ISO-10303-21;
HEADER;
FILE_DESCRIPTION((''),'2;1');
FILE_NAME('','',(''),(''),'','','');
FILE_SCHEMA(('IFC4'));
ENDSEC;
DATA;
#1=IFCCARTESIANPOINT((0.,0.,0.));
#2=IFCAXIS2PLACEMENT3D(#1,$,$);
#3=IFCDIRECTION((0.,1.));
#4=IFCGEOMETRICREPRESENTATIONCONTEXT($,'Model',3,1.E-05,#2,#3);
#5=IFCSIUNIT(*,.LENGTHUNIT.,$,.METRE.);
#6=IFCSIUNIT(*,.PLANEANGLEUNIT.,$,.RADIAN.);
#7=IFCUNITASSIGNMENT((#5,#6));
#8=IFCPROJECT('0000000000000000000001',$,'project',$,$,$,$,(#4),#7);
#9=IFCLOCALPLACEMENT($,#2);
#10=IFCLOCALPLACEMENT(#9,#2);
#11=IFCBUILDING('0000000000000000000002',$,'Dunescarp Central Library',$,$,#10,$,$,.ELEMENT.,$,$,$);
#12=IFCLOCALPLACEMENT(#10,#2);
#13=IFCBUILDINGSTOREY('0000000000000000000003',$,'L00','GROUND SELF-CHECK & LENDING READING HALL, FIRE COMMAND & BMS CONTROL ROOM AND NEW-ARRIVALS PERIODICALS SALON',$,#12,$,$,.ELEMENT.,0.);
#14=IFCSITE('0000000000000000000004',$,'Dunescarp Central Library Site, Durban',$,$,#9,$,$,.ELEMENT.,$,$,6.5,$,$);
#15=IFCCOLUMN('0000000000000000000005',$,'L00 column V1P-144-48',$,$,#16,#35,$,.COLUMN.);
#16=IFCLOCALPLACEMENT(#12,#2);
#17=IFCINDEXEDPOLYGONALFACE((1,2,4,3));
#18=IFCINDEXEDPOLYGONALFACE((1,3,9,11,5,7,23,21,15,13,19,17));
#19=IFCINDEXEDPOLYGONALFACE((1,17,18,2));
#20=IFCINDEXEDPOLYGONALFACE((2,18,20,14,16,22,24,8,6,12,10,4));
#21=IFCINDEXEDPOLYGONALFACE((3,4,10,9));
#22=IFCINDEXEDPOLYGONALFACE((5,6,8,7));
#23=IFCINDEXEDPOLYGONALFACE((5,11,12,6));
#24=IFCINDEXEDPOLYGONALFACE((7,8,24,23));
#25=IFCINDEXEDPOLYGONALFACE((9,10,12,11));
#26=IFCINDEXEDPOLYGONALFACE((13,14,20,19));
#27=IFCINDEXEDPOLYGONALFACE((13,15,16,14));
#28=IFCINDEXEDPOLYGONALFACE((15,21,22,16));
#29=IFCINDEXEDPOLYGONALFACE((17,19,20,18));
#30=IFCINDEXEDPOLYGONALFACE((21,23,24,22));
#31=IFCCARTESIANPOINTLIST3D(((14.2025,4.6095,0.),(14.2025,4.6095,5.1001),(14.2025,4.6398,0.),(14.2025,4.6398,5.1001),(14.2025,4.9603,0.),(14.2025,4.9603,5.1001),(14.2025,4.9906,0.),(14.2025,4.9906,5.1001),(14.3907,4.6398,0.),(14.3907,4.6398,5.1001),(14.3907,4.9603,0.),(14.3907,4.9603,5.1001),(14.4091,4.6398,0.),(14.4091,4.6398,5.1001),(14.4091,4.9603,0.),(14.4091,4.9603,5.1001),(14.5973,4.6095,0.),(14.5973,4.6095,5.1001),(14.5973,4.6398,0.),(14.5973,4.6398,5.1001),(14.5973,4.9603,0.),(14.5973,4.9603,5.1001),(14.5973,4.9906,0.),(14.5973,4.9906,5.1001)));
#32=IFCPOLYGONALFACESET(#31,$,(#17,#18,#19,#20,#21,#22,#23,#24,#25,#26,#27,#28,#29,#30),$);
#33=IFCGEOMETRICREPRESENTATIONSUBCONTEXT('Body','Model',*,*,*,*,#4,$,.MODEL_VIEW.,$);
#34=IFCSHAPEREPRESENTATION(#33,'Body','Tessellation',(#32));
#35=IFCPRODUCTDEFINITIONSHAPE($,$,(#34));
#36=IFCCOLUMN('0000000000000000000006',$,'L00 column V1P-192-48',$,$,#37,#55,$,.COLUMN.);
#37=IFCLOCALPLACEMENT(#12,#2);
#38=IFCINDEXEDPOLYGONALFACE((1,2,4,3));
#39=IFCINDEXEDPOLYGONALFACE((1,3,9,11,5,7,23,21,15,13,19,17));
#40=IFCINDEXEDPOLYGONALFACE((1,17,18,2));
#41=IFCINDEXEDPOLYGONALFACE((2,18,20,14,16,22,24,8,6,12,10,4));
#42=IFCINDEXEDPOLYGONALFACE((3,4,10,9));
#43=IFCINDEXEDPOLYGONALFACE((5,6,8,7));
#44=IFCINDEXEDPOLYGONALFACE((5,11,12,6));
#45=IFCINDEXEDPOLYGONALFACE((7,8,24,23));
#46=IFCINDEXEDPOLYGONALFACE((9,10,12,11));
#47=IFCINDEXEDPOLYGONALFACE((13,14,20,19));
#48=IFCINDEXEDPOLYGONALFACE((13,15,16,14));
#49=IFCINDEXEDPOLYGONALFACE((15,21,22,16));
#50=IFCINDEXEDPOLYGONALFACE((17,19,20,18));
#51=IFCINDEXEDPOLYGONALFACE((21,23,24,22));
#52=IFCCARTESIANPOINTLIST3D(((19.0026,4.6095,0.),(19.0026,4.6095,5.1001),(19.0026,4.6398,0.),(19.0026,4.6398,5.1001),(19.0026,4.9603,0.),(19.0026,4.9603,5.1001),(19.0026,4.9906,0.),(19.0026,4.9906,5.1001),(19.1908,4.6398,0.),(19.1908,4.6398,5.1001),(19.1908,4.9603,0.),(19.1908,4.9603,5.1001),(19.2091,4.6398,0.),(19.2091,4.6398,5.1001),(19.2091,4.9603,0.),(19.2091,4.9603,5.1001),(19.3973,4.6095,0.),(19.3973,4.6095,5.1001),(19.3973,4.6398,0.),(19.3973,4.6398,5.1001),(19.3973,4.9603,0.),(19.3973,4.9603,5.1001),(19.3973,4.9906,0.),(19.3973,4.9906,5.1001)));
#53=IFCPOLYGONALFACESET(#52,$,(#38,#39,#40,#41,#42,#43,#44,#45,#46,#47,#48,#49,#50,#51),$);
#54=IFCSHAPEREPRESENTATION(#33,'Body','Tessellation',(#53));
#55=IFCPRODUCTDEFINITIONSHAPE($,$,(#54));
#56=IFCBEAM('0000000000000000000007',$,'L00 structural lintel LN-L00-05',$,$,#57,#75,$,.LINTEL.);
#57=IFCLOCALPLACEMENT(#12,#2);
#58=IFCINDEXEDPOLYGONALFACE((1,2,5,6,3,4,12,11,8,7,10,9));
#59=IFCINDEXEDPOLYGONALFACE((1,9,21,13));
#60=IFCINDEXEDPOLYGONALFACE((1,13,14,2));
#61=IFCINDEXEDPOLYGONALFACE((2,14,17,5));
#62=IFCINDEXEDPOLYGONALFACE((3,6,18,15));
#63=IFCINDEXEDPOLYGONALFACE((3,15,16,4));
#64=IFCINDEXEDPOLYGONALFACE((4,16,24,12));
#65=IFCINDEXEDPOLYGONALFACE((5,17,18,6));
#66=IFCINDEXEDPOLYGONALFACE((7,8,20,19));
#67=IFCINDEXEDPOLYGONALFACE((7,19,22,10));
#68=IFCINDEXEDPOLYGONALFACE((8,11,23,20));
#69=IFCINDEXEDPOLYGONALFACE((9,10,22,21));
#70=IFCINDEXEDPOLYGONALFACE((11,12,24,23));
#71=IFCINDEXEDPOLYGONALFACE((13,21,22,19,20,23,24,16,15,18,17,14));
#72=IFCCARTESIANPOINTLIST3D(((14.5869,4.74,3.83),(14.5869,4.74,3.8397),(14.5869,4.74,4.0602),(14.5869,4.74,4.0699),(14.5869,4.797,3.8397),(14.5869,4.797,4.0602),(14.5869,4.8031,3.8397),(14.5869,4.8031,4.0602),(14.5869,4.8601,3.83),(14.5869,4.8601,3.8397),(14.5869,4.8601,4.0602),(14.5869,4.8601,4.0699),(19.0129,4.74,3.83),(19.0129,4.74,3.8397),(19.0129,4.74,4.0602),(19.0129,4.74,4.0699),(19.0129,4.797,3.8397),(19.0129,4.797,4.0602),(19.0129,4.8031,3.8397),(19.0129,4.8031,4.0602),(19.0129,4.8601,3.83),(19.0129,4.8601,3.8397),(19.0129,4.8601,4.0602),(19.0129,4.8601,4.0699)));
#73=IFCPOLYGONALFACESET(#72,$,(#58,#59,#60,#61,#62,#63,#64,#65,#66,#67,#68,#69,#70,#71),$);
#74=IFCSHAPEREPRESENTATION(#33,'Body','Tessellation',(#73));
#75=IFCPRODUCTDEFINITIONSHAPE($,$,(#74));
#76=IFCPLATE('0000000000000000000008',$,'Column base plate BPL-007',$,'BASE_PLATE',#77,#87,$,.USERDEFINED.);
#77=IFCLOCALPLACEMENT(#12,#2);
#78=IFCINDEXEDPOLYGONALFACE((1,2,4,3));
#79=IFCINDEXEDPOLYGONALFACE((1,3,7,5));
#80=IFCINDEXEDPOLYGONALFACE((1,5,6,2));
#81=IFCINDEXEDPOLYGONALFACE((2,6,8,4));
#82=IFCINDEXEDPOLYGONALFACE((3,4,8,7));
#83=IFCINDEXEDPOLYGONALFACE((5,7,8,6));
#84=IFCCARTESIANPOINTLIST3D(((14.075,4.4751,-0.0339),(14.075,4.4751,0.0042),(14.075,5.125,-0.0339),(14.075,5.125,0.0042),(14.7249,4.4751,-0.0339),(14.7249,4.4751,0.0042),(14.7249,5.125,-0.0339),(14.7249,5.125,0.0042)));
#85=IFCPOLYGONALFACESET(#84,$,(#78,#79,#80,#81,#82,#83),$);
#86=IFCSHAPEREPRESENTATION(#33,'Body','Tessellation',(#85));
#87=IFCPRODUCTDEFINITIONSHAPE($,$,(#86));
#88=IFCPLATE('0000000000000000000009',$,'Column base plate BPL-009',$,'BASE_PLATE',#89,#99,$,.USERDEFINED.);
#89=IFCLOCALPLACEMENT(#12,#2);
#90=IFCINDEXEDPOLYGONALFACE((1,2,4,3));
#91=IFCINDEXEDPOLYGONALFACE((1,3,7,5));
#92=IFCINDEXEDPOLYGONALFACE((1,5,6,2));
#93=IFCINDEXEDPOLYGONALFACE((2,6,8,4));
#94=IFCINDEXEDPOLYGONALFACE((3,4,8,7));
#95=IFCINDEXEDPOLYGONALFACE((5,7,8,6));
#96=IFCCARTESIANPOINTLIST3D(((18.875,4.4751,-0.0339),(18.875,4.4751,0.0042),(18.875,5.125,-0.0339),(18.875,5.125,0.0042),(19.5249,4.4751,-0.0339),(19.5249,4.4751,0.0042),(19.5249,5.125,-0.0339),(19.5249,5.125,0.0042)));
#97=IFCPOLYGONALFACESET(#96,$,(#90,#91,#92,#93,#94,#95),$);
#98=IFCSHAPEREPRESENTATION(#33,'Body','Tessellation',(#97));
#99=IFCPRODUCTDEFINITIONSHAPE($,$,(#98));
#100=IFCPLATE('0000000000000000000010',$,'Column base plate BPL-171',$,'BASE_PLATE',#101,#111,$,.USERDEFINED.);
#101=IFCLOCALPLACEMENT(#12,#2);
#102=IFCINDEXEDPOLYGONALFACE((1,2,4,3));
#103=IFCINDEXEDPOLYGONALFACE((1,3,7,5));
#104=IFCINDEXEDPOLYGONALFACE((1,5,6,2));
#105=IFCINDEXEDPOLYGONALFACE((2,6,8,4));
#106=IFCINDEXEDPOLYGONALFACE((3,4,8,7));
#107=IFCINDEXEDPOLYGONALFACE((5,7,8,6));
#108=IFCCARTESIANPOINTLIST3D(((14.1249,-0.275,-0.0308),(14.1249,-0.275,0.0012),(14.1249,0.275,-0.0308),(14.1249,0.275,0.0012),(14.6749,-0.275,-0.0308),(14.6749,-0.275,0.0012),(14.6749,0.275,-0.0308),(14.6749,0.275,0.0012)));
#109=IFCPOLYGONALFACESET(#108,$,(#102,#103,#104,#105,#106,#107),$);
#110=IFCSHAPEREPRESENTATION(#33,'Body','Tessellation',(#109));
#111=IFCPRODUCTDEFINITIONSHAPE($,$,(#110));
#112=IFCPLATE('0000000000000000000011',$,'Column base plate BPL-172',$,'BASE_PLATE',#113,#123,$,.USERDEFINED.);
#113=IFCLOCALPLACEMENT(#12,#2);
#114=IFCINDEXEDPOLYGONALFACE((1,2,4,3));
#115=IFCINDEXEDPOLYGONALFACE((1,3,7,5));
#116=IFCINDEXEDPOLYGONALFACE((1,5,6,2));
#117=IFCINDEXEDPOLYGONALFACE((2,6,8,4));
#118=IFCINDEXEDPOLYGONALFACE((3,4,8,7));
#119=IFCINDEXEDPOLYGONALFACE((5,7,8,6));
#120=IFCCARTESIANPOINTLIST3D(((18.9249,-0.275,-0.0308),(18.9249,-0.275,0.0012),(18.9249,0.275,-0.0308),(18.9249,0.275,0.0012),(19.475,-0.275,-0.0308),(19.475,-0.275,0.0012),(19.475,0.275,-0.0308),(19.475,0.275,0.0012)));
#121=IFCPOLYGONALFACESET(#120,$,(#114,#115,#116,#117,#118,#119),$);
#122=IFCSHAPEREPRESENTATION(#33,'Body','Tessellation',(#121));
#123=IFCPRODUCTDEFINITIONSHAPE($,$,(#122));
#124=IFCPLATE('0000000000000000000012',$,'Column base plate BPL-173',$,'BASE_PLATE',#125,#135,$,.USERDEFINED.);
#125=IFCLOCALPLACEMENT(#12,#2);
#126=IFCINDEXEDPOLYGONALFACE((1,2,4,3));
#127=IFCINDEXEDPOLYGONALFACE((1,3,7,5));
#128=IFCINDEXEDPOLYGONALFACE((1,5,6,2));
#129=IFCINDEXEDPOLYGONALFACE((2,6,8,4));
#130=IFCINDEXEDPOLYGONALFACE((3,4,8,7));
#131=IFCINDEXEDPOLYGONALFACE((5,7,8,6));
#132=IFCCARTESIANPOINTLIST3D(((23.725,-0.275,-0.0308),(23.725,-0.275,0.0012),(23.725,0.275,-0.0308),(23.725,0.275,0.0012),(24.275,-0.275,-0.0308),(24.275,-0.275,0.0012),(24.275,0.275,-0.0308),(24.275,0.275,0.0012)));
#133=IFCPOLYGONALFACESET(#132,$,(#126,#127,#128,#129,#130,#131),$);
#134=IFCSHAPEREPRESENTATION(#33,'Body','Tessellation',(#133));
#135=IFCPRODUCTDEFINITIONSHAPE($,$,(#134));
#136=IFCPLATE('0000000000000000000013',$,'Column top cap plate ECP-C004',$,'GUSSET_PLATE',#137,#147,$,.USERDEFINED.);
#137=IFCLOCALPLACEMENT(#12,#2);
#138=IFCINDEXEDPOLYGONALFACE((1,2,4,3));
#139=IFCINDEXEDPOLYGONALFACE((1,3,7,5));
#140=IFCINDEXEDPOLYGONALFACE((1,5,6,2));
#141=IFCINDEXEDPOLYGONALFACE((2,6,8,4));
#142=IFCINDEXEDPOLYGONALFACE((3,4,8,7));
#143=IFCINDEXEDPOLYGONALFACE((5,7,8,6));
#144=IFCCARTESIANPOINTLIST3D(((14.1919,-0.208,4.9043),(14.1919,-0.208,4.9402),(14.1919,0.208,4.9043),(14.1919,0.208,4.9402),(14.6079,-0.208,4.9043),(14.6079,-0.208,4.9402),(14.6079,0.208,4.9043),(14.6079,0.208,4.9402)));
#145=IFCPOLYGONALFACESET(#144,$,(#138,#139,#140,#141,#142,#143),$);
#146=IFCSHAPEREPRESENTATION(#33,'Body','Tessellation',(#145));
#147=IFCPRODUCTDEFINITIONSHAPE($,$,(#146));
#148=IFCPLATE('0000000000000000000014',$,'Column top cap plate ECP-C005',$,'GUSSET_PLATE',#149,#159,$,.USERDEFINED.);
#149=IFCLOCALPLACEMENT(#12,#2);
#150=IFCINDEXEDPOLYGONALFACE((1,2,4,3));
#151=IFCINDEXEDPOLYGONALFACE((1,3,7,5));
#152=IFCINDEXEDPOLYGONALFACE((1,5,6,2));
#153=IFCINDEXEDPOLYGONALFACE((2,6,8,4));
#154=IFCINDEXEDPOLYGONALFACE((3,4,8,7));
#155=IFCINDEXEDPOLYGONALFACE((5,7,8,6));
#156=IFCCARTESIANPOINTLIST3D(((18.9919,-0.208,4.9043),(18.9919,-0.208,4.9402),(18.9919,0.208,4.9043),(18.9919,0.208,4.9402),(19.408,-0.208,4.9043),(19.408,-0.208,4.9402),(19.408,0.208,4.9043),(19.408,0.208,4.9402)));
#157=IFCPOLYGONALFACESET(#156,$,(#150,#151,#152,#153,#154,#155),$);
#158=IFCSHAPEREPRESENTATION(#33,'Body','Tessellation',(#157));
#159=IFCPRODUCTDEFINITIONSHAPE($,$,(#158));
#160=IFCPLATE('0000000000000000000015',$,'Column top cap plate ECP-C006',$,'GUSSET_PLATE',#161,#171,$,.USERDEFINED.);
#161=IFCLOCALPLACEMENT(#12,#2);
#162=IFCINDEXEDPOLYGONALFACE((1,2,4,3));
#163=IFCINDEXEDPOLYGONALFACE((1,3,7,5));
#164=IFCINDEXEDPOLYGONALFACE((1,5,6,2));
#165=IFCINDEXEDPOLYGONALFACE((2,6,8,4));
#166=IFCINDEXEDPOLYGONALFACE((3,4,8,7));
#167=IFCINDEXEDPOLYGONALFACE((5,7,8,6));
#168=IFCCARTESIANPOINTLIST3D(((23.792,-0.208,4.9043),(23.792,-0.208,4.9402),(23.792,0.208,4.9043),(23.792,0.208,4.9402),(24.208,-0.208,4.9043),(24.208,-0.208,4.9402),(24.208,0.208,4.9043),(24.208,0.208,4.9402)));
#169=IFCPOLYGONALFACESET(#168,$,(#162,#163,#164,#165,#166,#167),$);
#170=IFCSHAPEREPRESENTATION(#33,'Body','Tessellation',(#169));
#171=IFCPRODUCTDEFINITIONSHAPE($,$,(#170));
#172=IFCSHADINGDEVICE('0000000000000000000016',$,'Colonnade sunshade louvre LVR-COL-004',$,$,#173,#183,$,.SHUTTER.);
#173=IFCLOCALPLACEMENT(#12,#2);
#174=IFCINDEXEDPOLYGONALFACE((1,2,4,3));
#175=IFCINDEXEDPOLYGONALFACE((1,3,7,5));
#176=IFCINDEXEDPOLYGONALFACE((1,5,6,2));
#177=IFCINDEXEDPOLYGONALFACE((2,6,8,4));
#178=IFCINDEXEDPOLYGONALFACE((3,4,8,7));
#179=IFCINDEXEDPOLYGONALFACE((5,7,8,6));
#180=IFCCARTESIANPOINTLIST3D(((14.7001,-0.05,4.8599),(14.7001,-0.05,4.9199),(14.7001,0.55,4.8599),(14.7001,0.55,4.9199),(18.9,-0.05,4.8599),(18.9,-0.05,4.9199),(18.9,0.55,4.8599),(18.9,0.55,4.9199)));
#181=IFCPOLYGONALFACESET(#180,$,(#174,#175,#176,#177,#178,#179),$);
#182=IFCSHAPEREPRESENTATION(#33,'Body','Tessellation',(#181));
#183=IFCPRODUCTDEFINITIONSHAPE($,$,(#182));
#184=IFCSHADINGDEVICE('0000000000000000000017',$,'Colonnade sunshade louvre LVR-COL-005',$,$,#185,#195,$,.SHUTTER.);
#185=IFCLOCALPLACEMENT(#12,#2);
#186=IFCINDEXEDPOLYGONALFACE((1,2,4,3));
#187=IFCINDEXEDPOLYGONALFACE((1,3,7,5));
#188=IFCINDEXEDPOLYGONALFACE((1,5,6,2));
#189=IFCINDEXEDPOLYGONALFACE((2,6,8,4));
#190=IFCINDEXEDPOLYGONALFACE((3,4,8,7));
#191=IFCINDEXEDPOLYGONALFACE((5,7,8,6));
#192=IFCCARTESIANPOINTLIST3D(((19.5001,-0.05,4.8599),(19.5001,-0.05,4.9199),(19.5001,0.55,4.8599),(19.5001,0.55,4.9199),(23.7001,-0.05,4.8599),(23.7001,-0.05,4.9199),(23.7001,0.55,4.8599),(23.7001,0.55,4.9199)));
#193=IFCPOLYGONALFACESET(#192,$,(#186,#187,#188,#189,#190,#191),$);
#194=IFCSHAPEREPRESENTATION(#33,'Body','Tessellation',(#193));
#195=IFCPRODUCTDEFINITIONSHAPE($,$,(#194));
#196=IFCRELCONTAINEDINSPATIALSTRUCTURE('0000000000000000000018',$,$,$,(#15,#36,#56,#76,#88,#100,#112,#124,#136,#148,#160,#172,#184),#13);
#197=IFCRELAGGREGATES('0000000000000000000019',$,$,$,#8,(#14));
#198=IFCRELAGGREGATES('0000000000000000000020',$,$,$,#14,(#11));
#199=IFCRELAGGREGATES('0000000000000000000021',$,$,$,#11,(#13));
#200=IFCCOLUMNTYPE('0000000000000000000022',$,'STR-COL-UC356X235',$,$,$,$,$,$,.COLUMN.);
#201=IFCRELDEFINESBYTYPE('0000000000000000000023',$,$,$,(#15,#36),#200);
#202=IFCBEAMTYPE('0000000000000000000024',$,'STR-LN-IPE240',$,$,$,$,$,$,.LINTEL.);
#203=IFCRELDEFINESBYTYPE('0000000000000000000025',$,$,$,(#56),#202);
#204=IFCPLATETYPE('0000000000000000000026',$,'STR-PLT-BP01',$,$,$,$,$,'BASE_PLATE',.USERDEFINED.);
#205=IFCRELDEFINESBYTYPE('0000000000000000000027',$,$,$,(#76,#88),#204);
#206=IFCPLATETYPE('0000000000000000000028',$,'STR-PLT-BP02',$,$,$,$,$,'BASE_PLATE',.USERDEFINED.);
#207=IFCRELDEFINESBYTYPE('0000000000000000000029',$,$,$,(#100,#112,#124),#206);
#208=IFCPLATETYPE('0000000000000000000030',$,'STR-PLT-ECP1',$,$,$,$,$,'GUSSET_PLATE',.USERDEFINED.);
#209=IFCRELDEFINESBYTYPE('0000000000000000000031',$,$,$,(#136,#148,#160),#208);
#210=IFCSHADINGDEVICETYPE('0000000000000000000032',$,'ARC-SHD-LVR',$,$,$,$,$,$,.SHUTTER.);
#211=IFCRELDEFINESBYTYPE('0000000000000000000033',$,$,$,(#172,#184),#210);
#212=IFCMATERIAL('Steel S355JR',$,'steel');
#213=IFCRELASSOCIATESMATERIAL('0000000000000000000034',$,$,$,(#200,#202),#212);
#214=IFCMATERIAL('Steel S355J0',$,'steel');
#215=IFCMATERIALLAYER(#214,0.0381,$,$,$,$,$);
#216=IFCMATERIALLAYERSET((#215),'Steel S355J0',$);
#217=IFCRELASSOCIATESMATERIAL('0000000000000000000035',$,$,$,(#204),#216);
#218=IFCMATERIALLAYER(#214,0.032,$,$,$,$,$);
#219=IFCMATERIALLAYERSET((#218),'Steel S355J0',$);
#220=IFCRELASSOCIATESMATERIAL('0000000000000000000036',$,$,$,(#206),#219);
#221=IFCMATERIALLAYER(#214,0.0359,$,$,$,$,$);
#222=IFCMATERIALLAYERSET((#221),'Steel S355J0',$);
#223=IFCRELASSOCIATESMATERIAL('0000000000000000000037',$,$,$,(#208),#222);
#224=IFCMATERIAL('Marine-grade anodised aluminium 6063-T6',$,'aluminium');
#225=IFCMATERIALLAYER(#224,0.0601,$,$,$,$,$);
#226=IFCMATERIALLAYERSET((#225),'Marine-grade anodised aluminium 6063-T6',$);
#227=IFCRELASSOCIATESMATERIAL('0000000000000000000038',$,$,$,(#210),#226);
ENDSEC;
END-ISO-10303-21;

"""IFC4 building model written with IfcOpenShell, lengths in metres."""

from ifc_helpers import new_model, si_unit, direction, frame, origin, origin_2d, place, context, subcontext, project, spatial, rectangle, i_section, extrude, material, layer, layer_set, material_profile, profile_set, type_object, element, save


model = new_model("IFC4")

# Units and contexts
model_context = context("Model", 3, precision=1e-05, world=origin(), true_north=direction((0.0, 1.0)))
body_context = subcontext(model_context, "Body", "Model", "MODEL_VIEW")
ifc_project = project(units=[si_unit("LENGTHUNIT", "METRE"), si_unit("PLANEANGLEUNIT", "RADIAN")], contexts=[model_context])

# Site, building, storey
site_placement = place(None, origin())
site = spatial("IfcSite", under=ifc_project, at=site_placement, Name="Dunescarp Central Library Site, Durban", CompositionType="ELEMENT", RefElevation=6.5)
building_placement = place(site_placement, origin())
building = spatial("IfcBuilding", under=site, at=building_placement, Name="Dunescarp Central Library", CompositionType="ELEMENT")
storey_placement = place(building_placement, origin())
storey = spatial("IfcBuildingStorey", under=building, at=storey_placement, Name="L00", Description="GROUND SELF-CHECK & LENDING READING HALL, FIRE COMMAND & BMS CONTROL ROOM AND NEW-ARRIVALS PERIODICALS SALON", CompositionType="ELEMENT", Elevation=0.0)

# Columns
ifc_material_1 = material(Name="Steel S355J0", Category="steel")
ifc_material_2 = material(Name="Steel S355JR", Category="steel")
ifc_material_profile_1 = material_profile(ifc_material_2, i_section(OverallWidth=0.3948, OverallDepth=0.3811, WebThickness=0.0183, FlangeThickness=0.0303, at=origin_2d()), Name="UC 356x406x235")
ifc_profile_set_1 = profile_set([ifc_material_profile_1], Name="Steel S355JR")
column_type_1 = type_object("IfcColumnType", Name="STR-COL-UC356X235", PredefinedType="COLUMN", material=ifc_profile_set_1)
for number, where, z_axis, x_axis, name in (
    (1, (14.3999, 4.8, 0.0), (0.0, 0.0, 1.0), (1.0, 0.0, 0.0), "L00 column V1P-144-48"),
    (2, (19.2, 4.8, 0.0), (0.0, 0.0, 1.0), (1.0, 0.0, 0.0), "L00 column V1P-192-48"),
):
    element("IfcColumn", number, at=place(storey_placement, frame(where, z_axis=z_axis, x_axis=x_axis)), inside=storey, type_object=column_type_1, Name=name, PredefinedType="COLUMN", context=body_context, shape_type="SweptSolid", body=[
        extrude(i_section(OverallWidth=0.3948, OverallDepth=0.3811, WebThickness=0.0183, FlangeThickness=0.0303, at=origin_2d()), origin(), (0.0, 0.0, 1.0), 5.1001),
    ])

# Beam
ifc_material_profile_2 = material_profile(ifc_material_2, i_section(OverallWidth=0.1201, OverallDepth=0.24, WebThickness=0.0061, FlangeThickness=0.0098, at=origin_2d()), Name="IPE 240")
ifc_profile_set_2 = profile_set([ifc_material_profile_2], Name="Steel S355JR")
beam_type = type_object("IfcBeamType", Name="STR-LN-IPE240", PredefinedType="LINTEL", material=ifc_profile_set_2)
beam_placement = place(storey_placement, frame((14.5869, 4.8, 3.95), z_axis=(1.0, 0.0, 0.0), x_axis=(0.0, 1.0, 0.0)))
element("IfcBeam", 3, at=beam_placement, inside=storey, type_object=beam_type, Name="L00 structural lintel LN-L00-05", PredefinedType="LINTEL", context=body_context, shape_type="SweptSolid", body=[
    extrude(i_section(OverallWidth=0.1201, OverallDepth=0.24, WebThickness=0.0061, FlangeThickness=0.0098, at=origin_2d()), origin(), (0.0, 0.0, 1.0), 4.426),
])

# Plates
ifc_layer_1 = layer(ifc_material_1, 0.0381)
ifc_layer_set_1 = layer_set([ifc_layer_1], Name="Steel S355J0")
plate_type_1 = type_object("IfcPlateType", Name="STR-PLT-BP01", ElementType="BASE_PLATE", PredefinedType="USERDEFINED", material=ifc_layer_set_1)
for number, where, z_axis, x_axis, name in (
    (4, (14.3999, 4.8, -0.0339), (0.0, 0.0, 1.0), (1.0, 0.0, 0.0), "Column base plate BPL-007"),
    (5, (19.2, 4.8, -0.0339), (0.0, 0.0, 1.0), (1.0, 0.0, 0.0), "Column base plate BPL-009"),
):
    element("IfcPlate", number, at=place(storey_placement, frame(where, z_axis=z_axis, x_axis=x_axis)), inside=storey, type_object=plate_type_1, Name=name, ObjectType="BASE_PLATE", PredefinedType="USERDEFINED", context=body_context, shape_type="SweptSolid", body=[
        extrude(rectangle(XDim=0.6499, YDim=0.6499, at=origin_2d()), origin(), (0.0, 0.0, 1.0), 0.0381),
    ])
ifc_layer_2 = layer(ifc_material_1, 0.032)
ifc_layer_set_2 = layer_set([ifc_layer_2], Name="Steel S355J0")
plate_type_2 = type_object("IfcPlateType", Name="STR-PLT-BP02", ElementType="BASE_PLATE", PredefinedType="USERDEFINED", material=ifc_layer_set_2)
for number, where, z_axis, x_axis, name in (
    (6, (14.3999, 0.0, -0.0308), (0.0, 0.0, 1.0), (1.0, 0.0, 0.0), "Column base plate BPL-171"),
    (7, (19.2, 0.0, -0.0308), (0.0, 0.0, 1.0), (1.0, 0.0, 0.0), "Column base plate BPL-172"),
    (8, (24.0, 0.0, -0.0308), (0.0, 0.0, 1.0), (1.0, 0.0, 0.0), "Column base plate BPL-173"),
):
    element("IfcPlate", number, at=place(storey_placement, frame(where, z_axis=z_axis, x_axis=x_axis)), inside=storey, type_object=plate_type_2, Name=name, ObjectType="BASE_PLATE", PredefinedType="USERDEFINED", context=body_context, shape_type="SweptSolid", body=[
        extrude(rectangle(XDim=0.55, YDim=0.55, at=origin_2d()), origin(), (0.0, 0.0, 1.0), 0.032),
    ])
ifc_layer_3 = layer(ifc_material_1, 0.0359)
ifc_layer_set_3 = layer_set([ifc_layer_3], Name="Steel S355J0")
plate_type_3 = type_object("IfcPlateType", Name="STR-PLT-ECP1", ElementType="GUSSET_PLATE", PredefinedType="USERDEFINED", material=ifc_layer_set_3)
for number, where, z_axis, x_axis, name in (
    (9, (14.3999, 0.0, 4.9043), (0.0, 0.0, 1.0), (1.0, 0.0, 0.0), "Column top cap plate ECP-C004"),
    (10, (19.2, 0.0, 4.9043), (0.0, 0.0, 1.0), (1.0, 0.0, 0.0), "Column top cap plate ECP-C005"),
    (11, (24.0, 0.0, 4.9043), (0.0, 0.0, 1.0), (1.0, 0.0, 0.0), "Column top cap plate ECP-C006"),
):
    element("IfcPlate", number, at=place(storey_placement, frame(where, z_axis=z_axis, x_axis=x_axis)), inside=storey, type_object=plate_type_3, Name=name, ObjectType="GUSSET_PLATE", PredefinedType="USERDEFINED", context=body_context, shape_type="SweptSolid", body=[
        extrude(rectangle(XDim=0.416, YDim=0.416, at=origin_2d()), origin(), (0.0, 0.0, 1.0), 0.0359),
    ])

# Shading devices
ifc_material_3 = material(Name="Marine-grade anodised aluminium 6063-T6", Category="aluminium")
ifc_layer_4 = layer(ifc_material_3, 0.0601)
ifc_layer_set_4 = layer_set([ifc_layer_4], Name="Marine-grade anodised aluminium 6063-T6")
shading_device_type = type_object("IfcShadingDeviceType", Name="ARC-SHD-LVR", PredefinedType="SHUTTER", material=ifc_layer_set_4)
for number, where, z_axis, x_axis, name in (
    (12, (16.8, 0.25, 4.8599), (0.0, 0.0, 1.0), (1.0, 0.0, 0.0), "Colonnade sunshade louvre LVR-COL-004"),
    (13, (21.6001, 0.25, 4.8599), (0.0, 0.0, 1.0), (1.0, 0.0, 0.0), "Colonnade sunshade louvre LVR-COL-005"),
):
    element("IfcShadingDevice", number, at=place(storey_placement, frame(where, z_axis=z_axis, x_axis=x_axis)), inside=storey, type_object=shading_device_type, Name=name, PredefinedType="SHUTTER", context=body_context, shape_type="SweptSolid", body=[
        extrude(rectangle(XDim=4.2, YDim=0.6001, at=origin_2d()), origin(), (0.0, 0.0, 1.0), 0.0601),
    ])

save(model, "model.ifc")
